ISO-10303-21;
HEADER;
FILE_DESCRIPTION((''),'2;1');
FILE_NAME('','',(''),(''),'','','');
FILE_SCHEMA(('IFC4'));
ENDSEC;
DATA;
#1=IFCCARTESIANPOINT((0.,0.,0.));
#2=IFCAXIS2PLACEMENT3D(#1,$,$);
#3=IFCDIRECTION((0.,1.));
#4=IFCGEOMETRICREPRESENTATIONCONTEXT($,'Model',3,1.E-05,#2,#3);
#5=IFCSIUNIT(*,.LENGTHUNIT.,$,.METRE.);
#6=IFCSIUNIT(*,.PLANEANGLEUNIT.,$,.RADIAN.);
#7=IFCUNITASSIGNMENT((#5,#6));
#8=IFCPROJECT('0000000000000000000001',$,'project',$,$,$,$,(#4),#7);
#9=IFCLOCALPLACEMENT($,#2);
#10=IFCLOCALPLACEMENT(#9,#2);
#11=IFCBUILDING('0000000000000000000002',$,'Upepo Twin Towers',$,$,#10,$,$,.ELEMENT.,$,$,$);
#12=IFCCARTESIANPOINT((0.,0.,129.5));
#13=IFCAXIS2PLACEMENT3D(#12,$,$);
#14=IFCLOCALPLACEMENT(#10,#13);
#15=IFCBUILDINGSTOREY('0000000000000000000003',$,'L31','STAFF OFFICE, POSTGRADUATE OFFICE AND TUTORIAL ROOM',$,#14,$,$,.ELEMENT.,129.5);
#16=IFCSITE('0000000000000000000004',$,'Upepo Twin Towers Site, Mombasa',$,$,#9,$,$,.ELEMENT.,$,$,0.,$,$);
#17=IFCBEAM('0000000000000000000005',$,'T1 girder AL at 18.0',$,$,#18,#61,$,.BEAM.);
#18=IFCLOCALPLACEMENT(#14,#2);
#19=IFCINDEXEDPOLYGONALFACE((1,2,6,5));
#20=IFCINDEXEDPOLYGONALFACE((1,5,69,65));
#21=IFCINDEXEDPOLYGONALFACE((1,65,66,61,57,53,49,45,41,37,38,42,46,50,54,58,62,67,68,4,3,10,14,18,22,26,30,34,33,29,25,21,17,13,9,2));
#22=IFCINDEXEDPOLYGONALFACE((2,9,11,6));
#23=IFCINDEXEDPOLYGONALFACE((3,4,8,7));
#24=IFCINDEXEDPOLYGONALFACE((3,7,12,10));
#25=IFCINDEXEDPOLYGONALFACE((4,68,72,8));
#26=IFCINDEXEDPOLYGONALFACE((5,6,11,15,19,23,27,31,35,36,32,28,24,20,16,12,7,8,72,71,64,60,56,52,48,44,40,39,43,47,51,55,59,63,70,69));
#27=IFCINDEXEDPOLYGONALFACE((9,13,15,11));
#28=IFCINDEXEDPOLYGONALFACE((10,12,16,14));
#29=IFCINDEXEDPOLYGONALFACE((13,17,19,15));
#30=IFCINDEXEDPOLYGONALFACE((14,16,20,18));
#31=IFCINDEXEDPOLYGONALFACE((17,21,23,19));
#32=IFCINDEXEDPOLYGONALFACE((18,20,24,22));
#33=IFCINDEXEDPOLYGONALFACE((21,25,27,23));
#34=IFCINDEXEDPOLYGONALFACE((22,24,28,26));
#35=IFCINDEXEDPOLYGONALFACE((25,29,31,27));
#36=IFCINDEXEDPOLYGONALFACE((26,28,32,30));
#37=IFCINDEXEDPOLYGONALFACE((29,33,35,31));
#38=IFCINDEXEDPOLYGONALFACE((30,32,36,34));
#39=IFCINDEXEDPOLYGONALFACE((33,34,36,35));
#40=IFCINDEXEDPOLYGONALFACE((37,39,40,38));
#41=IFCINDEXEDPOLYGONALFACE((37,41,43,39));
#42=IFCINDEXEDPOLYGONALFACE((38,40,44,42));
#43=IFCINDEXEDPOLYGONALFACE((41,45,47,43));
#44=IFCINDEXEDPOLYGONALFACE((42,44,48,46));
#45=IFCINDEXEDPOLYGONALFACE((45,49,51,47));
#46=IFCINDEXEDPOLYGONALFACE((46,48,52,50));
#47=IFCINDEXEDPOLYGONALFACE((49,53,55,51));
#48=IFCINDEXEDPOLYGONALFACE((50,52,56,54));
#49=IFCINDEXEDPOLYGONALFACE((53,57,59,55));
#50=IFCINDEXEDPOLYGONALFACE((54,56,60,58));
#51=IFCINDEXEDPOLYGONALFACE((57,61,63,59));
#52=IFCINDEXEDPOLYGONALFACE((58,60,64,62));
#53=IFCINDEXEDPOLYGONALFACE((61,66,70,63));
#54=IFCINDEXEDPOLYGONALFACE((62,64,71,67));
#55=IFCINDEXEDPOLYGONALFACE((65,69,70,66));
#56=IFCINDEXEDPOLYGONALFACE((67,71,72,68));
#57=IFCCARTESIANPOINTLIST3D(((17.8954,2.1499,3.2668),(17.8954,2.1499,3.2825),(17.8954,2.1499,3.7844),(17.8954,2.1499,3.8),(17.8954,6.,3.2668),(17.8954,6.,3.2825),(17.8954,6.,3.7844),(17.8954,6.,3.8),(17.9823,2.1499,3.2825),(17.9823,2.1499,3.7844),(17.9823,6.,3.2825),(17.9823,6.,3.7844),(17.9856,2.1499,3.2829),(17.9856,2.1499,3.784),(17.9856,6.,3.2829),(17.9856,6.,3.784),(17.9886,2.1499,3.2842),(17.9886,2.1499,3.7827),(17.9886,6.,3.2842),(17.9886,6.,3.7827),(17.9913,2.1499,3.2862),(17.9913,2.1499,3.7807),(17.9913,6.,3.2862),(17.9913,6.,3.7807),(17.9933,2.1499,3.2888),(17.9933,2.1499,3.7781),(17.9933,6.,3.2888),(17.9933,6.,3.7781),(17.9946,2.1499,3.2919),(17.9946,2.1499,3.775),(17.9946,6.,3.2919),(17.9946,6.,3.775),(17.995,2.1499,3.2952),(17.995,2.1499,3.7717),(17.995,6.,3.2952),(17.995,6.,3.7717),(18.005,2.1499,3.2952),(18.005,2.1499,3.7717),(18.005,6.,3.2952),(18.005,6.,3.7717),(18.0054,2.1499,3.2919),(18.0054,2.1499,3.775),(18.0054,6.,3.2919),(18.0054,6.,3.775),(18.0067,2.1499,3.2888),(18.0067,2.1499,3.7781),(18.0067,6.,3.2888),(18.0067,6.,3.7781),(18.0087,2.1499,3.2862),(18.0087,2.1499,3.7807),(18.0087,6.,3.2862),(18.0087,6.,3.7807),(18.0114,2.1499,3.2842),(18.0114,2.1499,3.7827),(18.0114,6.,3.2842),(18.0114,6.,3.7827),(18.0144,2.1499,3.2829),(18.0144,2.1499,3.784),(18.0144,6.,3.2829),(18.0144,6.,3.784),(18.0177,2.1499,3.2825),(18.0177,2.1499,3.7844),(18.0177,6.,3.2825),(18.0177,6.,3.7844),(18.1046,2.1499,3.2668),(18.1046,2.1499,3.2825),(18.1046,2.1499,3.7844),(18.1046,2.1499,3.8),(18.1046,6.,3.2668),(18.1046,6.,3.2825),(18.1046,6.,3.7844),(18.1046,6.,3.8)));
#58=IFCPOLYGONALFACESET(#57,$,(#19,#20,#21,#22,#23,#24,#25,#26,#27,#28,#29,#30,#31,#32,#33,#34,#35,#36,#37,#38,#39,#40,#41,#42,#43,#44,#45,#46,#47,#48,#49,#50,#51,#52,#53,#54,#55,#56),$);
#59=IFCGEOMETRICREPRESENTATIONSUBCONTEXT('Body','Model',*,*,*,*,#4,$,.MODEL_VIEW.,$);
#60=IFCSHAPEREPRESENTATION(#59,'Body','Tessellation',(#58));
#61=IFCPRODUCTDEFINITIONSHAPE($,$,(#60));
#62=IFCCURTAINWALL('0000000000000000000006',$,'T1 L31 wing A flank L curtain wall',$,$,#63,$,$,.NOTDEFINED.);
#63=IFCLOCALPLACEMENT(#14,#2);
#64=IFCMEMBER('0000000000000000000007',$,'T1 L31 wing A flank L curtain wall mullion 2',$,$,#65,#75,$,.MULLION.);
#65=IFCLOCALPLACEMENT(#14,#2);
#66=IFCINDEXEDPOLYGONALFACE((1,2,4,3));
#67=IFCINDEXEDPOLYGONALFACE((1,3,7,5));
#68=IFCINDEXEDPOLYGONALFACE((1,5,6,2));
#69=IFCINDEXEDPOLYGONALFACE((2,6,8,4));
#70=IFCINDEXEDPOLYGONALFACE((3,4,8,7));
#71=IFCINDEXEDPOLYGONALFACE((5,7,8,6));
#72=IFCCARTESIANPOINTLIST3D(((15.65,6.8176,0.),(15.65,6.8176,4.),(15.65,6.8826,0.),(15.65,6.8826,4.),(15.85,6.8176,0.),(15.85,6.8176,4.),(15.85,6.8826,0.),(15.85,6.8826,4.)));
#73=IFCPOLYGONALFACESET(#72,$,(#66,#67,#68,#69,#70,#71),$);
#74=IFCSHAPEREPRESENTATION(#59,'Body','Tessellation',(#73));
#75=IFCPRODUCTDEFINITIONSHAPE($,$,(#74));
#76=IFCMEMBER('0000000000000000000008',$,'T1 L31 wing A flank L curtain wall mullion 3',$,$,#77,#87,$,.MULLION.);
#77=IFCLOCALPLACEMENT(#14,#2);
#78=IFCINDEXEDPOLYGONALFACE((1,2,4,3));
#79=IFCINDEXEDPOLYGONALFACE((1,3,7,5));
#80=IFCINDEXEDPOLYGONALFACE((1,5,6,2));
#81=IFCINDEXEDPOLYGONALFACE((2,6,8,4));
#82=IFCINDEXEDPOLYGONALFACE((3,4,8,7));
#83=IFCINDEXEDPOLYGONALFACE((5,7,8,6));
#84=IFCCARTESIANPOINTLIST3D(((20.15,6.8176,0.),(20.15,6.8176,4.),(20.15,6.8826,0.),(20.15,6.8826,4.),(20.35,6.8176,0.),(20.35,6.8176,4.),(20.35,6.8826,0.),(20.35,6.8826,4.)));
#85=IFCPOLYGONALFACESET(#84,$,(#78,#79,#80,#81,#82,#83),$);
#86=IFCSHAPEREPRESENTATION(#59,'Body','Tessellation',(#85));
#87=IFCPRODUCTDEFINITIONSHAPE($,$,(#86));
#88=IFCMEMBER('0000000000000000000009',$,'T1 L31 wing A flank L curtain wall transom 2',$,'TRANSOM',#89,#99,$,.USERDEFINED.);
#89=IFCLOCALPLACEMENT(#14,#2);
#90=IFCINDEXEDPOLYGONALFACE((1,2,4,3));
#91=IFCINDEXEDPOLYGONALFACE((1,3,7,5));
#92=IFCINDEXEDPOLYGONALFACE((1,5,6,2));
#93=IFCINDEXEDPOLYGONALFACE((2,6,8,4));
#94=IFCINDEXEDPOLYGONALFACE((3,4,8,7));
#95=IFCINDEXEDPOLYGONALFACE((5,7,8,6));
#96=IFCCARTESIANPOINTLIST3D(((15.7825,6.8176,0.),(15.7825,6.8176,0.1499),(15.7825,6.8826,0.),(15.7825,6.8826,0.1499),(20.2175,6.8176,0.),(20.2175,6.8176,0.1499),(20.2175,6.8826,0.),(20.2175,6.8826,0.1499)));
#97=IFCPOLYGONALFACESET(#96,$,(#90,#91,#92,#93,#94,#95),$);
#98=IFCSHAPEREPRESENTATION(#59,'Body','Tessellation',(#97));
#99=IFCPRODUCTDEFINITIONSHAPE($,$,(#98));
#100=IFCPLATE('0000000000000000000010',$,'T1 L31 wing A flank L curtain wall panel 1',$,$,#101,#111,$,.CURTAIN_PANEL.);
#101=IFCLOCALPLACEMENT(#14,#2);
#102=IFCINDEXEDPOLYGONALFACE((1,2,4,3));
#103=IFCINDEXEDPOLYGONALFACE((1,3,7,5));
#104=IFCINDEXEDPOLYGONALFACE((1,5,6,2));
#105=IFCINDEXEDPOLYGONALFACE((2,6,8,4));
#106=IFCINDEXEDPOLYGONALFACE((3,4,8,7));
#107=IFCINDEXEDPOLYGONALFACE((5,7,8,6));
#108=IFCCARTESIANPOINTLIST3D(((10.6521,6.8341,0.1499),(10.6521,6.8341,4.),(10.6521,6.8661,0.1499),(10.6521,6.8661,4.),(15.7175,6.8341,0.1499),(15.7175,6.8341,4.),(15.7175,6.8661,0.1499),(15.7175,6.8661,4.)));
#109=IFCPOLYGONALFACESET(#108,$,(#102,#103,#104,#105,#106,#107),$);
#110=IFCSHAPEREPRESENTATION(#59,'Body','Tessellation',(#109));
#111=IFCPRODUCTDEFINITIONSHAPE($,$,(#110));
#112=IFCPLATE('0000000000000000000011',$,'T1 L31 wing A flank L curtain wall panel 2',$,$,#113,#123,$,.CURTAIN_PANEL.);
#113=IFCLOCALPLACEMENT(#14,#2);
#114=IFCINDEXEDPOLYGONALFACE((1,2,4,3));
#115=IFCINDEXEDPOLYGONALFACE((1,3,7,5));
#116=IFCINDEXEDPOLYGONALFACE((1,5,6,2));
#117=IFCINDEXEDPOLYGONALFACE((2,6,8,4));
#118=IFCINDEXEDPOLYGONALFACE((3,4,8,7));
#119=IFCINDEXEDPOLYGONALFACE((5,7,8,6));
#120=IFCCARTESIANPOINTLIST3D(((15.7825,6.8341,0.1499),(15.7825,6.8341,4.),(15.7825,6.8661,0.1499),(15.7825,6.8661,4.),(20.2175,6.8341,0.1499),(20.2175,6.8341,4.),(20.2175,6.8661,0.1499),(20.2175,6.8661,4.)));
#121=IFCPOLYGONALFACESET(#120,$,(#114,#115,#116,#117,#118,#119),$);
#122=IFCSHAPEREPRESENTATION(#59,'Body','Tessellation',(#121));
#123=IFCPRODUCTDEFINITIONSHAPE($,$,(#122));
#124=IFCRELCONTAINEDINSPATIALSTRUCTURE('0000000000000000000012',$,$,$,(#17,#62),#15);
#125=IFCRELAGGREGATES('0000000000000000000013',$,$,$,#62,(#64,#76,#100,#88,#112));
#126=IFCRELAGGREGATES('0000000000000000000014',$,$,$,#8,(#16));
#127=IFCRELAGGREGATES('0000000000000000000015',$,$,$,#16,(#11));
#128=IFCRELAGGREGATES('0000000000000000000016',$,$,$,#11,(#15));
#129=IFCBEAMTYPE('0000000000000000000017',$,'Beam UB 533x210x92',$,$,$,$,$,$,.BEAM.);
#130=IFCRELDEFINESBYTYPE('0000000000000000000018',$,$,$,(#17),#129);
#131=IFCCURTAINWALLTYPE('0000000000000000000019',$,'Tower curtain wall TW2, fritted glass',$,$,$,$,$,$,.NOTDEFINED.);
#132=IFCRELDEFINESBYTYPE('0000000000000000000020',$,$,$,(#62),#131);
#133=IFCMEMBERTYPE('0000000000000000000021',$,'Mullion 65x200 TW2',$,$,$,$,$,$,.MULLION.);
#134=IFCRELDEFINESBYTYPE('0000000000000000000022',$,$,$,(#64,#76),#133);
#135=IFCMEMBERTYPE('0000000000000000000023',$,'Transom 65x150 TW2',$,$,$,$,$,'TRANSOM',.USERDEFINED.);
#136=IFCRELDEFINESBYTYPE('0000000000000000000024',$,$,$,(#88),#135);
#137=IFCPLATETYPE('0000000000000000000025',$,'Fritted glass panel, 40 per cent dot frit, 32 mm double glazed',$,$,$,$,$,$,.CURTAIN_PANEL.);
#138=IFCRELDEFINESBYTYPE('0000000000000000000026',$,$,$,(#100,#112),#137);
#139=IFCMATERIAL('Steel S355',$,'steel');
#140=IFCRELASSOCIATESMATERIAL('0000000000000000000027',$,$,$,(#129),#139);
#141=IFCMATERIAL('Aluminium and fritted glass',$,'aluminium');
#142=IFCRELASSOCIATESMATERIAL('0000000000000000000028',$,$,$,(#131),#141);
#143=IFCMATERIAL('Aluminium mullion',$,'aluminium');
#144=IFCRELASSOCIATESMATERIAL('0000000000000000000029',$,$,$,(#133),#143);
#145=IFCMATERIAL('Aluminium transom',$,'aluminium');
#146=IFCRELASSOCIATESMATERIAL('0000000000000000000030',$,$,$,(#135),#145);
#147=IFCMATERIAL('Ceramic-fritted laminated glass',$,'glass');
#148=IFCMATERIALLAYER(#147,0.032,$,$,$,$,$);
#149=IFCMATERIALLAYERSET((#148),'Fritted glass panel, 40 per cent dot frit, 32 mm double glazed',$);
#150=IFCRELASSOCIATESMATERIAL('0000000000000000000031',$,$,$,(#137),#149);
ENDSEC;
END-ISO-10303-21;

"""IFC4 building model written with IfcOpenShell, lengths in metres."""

from ifc_helpers import new_model, si_unit, direction, frame, origin, origin_2d, place, context, subcontext, project, spatial, rectangle, i_section, extrude, material, layer, layer_set, material_profile, profile_set, type_object, element, aggregate, save


model = new_model("IFC4")

# Units and contexts
model_context = context("Model", 3, precision=1e-05, world=origin(), true_north=direction((0.0, 1.0)))
body_context = subcontext(model_context, "Body", "Model", "MODEL_VIEW")
ifc_project = project(units=[si_unit("LENGTHUNIT", "METRE"), si_unit("PLANEANGLEUNIT", "RADIAN")], contexts=[model_context])

# Site, building, storey
site_placement = place(None, origin())
site = spatial("IfcSite", under=ifc_project, at=site_placement, Name="Upepo Twin Towers Site, Mombasa", CompositionType="ELEMENT", RefElevation=0.0)
building_placement = place(site_placement, origin())
building = spatial("IfcBuilding", under=site, at=building_placement, Name="Upepo Twin Towers", CompositionType="ELEMENT")
storey_placement = place(building_placement, frame((0.0, 0.0, 129.5)))
storey = spatial("IfcBuildingStorey", under=building, at=storey_placement, Name="L31", Description="STAFF OFFICE, POSTGRADUATE OFFICE AND TUTORIAL ROOM", CompositionType="ELEMENT", Elevation=129.5)

# Beam
ifc_material_1 = material(Name="Steel S355", Category="steel")
ifc_material_profile_1 = material_profile(ifc_material_1, i_section(OverallWidth=0.2092, OverallDepth=0.5332, WebThickness=0.01, FlangeThickness=0.0156, FilletRadius=0.0127, at=origin_2d()), Name="UB 533x210x92")
ifc_profile_set_1 = profile_set([ifc_material_profile_1], Name="Steel S355")
beam_type_1 = type_object("IfcBeamType", Name="Beam UB 533x210x92", PredefinedType="BEAM", material=ifc_profile_set_1)
for number, where, z_axis, x_axis, name in (
    (1, (18.0, 6.0, 3.5334), (0.0, -1.0, 0.0), (1.0, 0.0, 0.0), "T1 girder AL at 18.0"),
):
    element("IfcBeam", number, at=place(storey_placement, frame(where, z_axis=z_axis, x_axis=x_axis)), inside=storey, type_object=beam_type_1, Name=name, PredefinedType="BEAM", context=body_context, shape_type="SweptSolid", body=[
        extrude(i_section(OverallWidth=0.2092, OverallDepth=0.5332, WebThickness=0.01, FlangeThickness=0.0156, FilletRadius=0.0127, at=origin_2d()), origin(), (0.0, 0.0, 1.0), 3.8501),
    ])

# Curtain wall, members, plates
ifc_material_2 = material(Name="Aluminium and fritted glass", Category="aluminium")
curtain_wall_type = type_object("IfcCurtainWallType", Name="Tower curtain wall TW2, fritted glass", PredefinedType="NOTDEFINED", material=ifc_material_2)
curtain_wall_placement = place(storey_placement, origin())
curtain_wall = element("IfcCurtainWall", 2, at=curtain_wall_placement, inside=storey, type_object=curtain_wall_type, Name="T1 L31 wing A flank L curtain wall", PredefinedType="NOTDEFINED")
ifc_material_3 = material(Name="Aluminium mullion", Category="aluminium")
ifc_material_profile_2 = material_profile(ifc_material_3, rectangle(XDim=0.0649, YDim=0.2, at=origin_2d()), Name="MULLION 65x200")
ifc_profile_set_2 = profile_set([ifc_material_profile_2], Name="Aluminium mullion")
member_type_1 = type_object("IfcMemberType", Name="Mullion 65x200 TW2", PredefinedType="MULLION", material=ifc_profile_set_2)
member_1_placement = place(storey_placement, frame((15.75, 6.8501, 0.0), z_axis=(0.0, 0.0, 1.0), x_axis=(0.0, 1.0, 0.0)))
member_1 = element("IfcMember", 3, at=member_1_placement, type_object=member_type_1, Name="T1 L31 wing A flank L curtain wall mullion 2", PredefinedType="MULLION", context=body_context, shape_type="SweptSolid", body=[
    extrude(rectangle(XDim=0.0649, YDim=0.2, at=origin_2d()), origin(), (0.0, 0.0, 1.0), 4.0),
])
member_2_placement = place(storey_placement, frame((20.25, 6.8501, 0.0), z_axis=(0.0, 0.0, 1.0), x_axis=(0.0, 1.0, 0.0)))
member_2 = element("IfcMember", 4, at=member_2_placement, type_object=member_type_1, Name="T1 L31 wing A flank L curtain wall mullion 3", PredefinedType="MULLION", context=body_context, shape_type="SweptSolid", body=[
    extrude(rectangle(XDim=0.0649, YDim=0.2, at=origin_2d()), origin(), (0.0, 0.0, 1.0), 4.0),
])
ifc_material_4 = material(Name="Aluminium transom", Category="aluminium")
ifc_material_profile_3 = material_profile(ifc_material_4, rectangle(XDim=0.0649, YDim=0.1499, at=origin_2d()), Name="TRANSOM 65x150")
ifc_profile_set_3 = profile_set([ifc_material_profile_3], Name="Aluminium transom")
member_type_2 = type_object("IfcMemberType", Name="Transom 65x150 TW2", ElementType="TRANSOM", PredefinedType="USERDEFINED", material=ifc_profile_set_3)
member_3_placement = place(storey_placement, frame((15.7825, 6.8501, 0.075), z_axis=(1.0, 0.0, 0.0), x_axis=(0.0, 1.0, 0.0)))
member_3 = element("IfcMember", 5, at=member_3_placement, type_object=member_type_2, Name="T1 L31 wing A flank L curtain wall transom 2", ObjectType="TRANSOM", PredefinedType="USERDEFINED", context=body_context, shape_type="SweptSolid", body=[
    extrude(rectangle(XDim=0.0649, YDim=0.1499, at=origin_2d()), origin(), (0.0, 0.0, 1.0), 4.4351),
])
ifc_material_5 = material(Name="Ceramic-fritted laminated glass", Category="glass")
ifc_layer_1 = layer(ifc_material_5, 0.032)
ifc_layer_set_1 = layer_set([ifc_layer_1], Name="Fritted glass panel, 40 per cent dot frit, 32 mm double glazed")
plate_type = type_object("IfcPlateType", Name="Fritted glass panel, 40 per cent dot frit, 32 mm double glazed", PredefinedType="CURTAIN_PANEL", material=ifc_layer_set_1)
plate_1_placement = place(storey_placement, frame((13.1848, 6.8501, 0.1499), z_axis=(0.0, 0.0, 1.0), x_axis=(1.0, 0.0, 0.0)))
plate_1 = element("IfcPlate", 6, at=plate_1_placement, type_object=plate_type, Name="T1 L31 wing A flank L curtain wall panel 1", PredefinedType="CURTAIN_PANEL", context=body_context, shape_type="SweptSolid", body=[
    extrude(rectangle(XDim=5.0654, YDim=0.032, at=origin_2d()), origin(), (0.0, 0.0, 1.0), 3.8501),
])
plate_2_placement = place(storey_placement, frame((18.0, 6.8501, 0.1499), z_axis=(0.0, 0.0, 1.0), x_axis=(1.0, 0.0, 0.0)))
plate_2 = element("IfcPlate", 7, at=plate_2_placement, type_object=plate_type, Name="T1 L31 wing A flank L curtain wall panel 2", PredefinedType="CURTAIN_PANEL", context=body_context, shape_type="SweptSolid", body=[
    extrude(rectangle(XDim=4.4351, YDim=0.032, at=origin_2d()), origin(), (0.0, 0.0, 1.0), 3.8501),
])
aggregate(curtain_wall, [member_1, member_2, plate_1, member_3, plate_2])

save(model, "model.ifc")
